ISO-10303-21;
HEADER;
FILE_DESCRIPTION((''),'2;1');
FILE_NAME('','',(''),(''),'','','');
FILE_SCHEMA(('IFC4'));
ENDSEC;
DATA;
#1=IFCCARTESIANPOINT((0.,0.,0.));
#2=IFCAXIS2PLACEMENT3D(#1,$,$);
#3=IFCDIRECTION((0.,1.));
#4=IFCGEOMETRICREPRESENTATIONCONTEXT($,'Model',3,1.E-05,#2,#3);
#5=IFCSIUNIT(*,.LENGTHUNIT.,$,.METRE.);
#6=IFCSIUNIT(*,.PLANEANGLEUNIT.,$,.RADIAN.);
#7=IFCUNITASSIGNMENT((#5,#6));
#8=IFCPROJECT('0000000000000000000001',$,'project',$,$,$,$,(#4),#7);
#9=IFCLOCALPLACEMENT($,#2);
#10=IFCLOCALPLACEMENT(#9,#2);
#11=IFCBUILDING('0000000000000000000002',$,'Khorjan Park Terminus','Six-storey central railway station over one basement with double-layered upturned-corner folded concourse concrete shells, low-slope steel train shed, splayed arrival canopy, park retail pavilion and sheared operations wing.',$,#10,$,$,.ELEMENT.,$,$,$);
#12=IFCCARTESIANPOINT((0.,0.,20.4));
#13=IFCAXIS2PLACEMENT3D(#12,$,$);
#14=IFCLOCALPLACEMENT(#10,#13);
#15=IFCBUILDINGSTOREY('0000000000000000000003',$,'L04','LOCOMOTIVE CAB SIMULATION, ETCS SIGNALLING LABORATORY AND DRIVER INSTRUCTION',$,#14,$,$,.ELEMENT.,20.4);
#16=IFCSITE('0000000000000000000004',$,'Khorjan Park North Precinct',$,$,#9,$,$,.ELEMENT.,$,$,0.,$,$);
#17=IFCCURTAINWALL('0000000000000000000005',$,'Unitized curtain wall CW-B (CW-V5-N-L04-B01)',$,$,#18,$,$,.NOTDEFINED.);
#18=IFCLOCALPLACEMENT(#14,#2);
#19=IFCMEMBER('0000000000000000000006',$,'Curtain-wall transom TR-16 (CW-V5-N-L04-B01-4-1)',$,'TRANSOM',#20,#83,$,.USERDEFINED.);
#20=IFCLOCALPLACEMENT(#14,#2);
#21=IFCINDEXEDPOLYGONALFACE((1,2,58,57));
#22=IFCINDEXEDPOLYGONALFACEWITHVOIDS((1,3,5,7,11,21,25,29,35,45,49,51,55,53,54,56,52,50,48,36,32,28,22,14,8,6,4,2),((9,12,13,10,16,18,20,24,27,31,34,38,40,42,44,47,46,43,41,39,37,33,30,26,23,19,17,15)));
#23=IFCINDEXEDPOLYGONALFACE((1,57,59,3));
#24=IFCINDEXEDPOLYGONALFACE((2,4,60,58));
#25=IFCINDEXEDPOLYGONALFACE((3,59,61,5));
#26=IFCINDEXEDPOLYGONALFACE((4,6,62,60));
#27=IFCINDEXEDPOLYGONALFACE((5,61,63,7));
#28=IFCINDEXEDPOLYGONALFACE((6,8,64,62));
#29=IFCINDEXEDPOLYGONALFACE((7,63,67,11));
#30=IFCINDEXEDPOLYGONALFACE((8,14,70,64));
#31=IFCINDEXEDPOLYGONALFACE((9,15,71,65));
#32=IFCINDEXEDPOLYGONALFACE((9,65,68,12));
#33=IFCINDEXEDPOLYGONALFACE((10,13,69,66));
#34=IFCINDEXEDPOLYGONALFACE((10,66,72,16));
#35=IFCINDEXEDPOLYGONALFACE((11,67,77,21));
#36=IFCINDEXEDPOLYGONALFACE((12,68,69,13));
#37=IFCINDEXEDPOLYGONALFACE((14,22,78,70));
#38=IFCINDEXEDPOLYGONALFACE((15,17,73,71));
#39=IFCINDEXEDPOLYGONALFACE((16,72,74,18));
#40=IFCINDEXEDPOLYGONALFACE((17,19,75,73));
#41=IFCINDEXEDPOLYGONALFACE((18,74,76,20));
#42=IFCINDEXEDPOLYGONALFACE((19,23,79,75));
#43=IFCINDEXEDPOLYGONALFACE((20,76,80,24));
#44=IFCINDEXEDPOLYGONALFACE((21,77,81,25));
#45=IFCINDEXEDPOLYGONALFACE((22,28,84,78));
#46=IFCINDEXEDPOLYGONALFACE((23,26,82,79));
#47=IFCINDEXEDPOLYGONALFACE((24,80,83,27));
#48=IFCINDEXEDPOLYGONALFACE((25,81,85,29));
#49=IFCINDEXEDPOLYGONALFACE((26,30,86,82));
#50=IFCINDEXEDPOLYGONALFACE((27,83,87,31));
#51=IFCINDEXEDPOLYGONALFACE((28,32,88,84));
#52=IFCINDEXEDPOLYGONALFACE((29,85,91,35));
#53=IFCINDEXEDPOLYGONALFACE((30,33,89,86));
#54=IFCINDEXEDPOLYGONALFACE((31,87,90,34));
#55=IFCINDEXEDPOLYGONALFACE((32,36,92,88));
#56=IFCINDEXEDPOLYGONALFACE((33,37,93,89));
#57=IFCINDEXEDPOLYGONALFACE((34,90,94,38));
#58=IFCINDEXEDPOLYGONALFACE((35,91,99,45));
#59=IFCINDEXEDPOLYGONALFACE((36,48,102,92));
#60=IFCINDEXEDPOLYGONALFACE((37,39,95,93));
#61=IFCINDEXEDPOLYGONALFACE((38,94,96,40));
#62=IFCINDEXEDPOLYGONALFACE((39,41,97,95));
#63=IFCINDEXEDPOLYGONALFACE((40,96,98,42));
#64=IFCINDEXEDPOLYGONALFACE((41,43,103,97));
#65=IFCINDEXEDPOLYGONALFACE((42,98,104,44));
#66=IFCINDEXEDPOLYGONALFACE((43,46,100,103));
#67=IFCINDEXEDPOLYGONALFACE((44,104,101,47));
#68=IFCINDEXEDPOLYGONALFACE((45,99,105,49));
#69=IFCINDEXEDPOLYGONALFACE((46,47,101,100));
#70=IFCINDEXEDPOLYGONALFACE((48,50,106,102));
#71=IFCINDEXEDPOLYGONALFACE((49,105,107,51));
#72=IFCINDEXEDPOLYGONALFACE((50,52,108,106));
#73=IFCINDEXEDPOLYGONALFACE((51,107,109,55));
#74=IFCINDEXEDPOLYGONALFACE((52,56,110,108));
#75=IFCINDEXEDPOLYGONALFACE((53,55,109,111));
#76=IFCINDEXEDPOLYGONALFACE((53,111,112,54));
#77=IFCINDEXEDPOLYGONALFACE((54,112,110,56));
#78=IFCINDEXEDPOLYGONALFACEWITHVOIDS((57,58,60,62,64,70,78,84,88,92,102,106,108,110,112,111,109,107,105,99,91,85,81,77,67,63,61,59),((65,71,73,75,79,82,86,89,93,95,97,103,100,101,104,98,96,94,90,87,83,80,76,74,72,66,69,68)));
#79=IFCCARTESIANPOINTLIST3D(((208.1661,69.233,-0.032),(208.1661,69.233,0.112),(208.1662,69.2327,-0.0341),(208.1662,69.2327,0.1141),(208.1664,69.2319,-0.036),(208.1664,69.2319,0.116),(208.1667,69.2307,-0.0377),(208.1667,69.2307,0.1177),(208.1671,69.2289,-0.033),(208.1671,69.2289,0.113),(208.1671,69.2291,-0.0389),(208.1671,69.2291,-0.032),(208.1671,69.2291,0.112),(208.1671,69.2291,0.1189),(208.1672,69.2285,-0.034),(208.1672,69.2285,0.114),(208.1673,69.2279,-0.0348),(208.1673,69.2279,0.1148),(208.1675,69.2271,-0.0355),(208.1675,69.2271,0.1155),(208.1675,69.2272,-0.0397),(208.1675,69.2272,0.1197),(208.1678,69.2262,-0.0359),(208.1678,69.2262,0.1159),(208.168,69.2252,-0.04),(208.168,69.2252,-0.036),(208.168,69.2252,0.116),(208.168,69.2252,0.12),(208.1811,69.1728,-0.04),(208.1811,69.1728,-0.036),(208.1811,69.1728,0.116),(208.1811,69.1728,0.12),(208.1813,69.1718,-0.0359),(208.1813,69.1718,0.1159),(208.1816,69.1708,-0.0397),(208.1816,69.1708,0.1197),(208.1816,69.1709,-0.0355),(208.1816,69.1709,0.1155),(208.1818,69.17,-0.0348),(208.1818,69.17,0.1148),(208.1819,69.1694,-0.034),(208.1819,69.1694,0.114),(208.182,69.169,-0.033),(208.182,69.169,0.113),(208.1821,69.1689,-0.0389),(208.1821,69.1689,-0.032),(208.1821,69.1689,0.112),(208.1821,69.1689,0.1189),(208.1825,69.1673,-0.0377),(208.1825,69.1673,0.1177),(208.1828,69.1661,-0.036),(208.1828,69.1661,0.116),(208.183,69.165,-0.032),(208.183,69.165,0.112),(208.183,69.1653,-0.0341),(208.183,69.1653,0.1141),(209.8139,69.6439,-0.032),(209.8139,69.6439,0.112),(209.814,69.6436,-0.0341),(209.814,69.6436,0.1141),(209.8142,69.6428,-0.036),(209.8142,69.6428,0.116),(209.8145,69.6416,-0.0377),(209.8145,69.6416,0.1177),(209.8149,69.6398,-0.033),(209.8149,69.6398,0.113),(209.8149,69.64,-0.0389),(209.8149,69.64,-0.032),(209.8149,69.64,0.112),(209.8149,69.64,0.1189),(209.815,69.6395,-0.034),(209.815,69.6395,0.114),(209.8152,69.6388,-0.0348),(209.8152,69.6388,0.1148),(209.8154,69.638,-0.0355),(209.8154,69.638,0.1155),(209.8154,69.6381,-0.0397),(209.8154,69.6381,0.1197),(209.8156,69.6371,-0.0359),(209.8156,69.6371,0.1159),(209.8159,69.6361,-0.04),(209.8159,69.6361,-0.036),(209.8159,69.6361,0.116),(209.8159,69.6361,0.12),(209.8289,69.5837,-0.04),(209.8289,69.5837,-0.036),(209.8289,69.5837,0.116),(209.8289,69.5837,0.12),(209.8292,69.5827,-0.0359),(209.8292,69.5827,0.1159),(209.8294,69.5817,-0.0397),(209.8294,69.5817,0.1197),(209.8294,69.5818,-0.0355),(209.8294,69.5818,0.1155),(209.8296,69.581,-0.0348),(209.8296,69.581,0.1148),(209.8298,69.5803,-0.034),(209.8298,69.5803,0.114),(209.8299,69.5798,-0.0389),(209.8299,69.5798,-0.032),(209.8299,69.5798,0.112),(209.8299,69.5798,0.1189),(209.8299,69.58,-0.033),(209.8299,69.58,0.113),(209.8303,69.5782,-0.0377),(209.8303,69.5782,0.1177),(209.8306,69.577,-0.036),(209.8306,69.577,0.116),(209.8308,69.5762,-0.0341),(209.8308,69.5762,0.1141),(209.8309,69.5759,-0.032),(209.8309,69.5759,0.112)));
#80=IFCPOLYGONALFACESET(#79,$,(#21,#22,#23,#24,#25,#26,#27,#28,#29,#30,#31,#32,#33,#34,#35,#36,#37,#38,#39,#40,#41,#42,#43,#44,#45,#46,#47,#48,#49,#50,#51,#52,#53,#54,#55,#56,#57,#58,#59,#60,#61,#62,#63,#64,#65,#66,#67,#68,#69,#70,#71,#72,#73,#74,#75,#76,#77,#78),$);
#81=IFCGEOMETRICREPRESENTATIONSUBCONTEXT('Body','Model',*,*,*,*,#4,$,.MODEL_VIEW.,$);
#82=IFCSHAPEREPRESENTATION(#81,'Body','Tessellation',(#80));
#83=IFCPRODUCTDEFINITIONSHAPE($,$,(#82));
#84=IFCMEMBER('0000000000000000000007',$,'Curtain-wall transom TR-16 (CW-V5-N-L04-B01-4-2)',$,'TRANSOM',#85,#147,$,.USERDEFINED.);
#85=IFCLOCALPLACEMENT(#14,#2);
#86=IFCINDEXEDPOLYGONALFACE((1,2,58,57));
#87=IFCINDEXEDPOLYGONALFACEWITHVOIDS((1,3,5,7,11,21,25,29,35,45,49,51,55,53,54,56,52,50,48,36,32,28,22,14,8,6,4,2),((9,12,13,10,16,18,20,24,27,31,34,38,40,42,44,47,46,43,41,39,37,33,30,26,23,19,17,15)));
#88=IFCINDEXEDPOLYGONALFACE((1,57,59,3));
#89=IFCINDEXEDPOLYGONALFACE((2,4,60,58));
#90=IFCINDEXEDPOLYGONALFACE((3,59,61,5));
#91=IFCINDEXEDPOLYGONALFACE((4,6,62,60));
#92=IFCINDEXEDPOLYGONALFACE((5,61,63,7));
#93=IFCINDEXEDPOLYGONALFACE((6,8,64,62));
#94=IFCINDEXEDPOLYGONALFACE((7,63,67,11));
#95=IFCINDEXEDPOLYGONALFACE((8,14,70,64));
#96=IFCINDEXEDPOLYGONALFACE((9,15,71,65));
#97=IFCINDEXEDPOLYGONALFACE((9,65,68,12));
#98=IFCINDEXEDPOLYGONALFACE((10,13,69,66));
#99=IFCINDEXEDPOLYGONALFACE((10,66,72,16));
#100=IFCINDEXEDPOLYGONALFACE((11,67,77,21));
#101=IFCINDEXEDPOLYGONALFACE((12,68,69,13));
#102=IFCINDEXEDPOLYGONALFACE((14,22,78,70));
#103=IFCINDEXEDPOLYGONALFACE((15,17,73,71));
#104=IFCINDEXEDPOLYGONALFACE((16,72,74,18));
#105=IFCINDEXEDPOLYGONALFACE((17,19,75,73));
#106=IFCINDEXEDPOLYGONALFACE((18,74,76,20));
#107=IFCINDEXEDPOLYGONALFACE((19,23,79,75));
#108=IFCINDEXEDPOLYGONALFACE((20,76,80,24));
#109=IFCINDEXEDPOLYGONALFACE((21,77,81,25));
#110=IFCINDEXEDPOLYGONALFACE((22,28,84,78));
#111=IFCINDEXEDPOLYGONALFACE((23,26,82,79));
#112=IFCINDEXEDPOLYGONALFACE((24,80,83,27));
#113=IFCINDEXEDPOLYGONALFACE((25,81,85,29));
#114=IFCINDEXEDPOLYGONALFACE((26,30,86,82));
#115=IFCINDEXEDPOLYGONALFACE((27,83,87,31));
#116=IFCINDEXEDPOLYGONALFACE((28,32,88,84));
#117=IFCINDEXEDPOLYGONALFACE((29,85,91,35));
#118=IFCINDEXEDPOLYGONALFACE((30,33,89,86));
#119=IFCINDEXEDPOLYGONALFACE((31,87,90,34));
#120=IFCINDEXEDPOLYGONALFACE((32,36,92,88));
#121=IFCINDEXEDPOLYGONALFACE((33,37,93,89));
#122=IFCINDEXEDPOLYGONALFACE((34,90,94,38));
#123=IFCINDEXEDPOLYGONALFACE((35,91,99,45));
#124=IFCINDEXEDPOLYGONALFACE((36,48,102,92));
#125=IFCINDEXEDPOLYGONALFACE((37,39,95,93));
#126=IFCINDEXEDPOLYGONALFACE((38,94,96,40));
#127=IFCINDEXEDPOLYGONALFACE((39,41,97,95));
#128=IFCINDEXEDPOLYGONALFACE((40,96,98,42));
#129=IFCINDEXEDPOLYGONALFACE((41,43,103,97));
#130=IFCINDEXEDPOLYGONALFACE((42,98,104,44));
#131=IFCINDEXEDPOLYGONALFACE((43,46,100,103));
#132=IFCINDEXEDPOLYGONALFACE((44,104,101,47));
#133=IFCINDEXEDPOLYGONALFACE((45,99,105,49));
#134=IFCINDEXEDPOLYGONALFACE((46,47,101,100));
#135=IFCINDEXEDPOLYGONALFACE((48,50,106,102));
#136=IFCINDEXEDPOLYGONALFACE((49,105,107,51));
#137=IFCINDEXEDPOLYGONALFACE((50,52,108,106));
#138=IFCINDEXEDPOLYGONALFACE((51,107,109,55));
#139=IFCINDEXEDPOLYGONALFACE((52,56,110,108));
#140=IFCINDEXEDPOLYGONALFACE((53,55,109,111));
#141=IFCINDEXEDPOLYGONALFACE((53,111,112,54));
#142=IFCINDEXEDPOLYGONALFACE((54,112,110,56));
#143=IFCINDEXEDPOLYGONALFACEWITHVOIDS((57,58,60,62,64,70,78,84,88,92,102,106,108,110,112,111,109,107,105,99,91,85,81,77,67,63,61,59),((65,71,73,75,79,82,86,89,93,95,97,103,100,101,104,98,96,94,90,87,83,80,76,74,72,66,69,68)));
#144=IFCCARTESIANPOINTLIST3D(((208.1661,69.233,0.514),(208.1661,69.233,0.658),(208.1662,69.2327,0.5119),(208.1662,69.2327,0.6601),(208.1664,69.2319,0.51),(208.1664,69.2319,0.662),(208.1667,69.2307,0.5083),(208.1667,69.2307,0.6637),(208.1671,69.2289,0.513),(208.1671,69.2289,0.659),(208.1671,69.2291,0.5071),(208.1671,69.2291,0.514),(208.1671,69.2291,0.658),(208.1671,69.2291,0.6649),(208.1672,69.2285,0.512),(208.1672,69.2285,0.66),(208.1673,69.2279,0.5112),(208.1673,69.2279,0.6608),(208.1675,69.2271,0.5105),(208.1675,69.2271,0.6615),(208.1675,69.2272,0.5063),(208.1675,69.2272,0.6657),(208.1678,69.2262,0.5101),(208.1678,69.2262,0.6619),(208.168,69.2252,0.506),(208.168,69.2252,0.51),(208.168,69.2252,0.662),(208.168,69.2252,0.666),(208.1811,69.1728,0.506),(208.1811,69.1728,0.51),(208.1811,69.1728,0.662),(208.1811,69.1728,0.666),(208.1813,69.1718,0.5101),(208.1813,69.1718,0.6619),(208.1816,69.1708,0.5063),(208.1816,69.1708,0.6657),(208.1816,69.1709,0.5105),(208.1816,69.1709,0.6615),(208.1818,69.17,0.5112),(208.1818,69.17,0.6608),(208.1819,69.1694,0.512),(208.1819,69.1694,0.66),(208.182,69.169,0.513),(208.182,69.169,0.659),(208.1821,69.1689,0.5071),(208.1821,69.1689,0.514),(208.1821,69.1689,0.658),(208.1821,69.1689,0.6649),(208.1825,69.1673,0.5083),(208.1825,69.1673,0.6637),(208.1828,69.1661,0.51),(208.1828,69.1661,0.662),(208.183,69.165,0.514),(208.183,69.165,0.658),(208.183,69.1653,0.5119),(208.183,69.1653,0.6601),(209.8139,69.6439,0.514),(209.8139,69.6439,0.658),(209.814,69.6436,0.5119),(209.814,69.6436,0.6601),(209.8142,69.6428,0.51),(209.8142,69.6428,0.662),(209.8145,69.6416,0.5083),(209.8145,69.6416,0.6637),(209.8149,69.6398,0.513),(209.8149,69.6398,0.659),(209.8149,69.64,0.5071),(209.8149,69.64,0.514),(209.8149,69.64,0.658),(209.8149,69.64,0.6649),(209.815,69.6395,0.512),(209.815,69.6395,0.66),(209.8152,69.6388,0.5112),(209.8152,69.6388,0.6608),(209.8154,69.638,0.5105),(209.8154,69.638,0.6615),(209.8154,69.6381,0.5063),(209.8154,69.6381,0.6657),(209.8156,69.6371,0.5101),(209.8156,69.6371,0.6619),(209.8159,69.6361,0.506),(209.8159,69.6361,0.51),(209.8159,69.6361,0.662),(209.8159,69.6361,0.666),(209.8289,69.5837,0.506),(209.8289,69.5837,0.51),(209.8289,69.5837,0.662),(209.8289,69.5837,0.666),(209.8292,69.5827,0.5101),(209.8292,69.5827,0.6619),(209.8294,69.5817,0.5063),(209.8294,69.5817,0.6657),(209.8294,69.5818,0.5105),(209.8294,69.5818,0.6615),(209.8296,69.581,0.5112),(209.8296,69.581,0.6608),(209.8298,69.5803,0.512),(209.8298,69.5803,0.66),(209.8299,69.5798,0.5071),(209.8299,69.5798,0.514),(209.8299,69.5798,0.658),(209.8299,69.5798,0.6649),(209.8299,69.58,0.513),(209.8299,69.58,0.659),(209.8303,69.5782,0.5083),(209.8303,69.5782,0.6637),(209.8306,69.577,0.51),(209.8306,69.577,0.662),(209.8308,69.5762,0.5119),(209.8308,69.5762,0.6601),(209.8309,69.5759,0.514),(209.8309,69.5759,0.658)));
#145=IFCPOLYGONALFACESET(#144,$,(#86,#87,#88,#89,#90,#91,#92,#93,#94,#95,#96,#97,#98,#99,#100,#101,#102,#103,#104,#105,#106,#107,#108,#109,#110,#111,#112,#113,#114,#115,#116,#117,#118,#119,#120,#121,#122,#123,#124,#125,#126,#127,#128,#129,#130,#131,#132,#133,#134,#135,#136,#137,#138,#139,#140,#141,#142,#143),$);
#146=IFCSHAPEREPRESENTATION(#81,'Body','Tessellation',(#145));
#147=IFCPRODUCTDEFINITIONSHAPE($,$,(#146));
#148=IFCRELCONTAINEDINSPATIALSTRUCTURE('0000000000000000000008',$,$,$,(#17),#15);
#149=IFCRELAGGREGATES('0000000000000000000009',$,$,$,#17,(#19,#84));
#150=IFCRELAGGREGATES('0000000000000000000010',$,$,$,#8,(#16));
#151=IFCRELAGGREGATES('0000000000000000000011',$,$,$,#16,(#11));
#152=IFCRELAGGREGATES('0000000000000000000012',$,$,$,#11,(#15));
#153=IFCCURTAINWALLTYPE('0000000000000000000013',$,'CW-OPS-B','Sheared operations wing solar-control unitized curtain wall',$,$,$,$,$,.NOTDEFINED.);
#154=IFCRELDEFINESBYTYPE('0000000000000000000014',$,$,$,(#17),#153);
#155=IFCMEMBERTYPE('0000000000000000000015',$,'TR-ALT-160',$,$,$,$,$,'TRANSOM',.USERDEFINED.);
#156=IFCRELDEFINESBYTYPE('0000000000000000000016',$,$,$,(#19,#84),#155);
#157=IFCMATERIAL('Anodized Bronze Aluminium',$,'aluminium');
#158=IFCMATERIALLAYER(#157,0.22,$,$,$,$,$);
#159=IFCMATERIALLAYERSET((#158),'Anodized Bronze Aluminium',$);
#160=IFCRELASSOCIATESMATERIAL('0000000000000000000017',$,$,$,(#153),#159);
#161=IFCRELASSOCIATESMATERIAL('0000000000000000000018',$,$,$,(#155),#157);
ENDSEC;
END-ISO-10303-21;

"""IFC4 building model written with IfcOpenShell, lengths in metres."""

from ifc_helpers import new_model, si_unit, direction, frame, origin, origin_2d, place, context, subcontext, project, spatial, hollow_rectangle, extrude, material, layer, layer_set, material_profile, profile_set, type_object, element, aggregate, save


model = new_model("IFC4")

# Units and contexts
model_context = context("Model", 3, precision=1e-05, world=origin(), true_north=direction((0.0, 1.0)))
body_context = subcontext(model_context, "Body", "Model", "MODEL_VIEW")
ifc_project = project(units=[si_unit("LENGTHUNIT", "METRE"), si_unit("PLANEANGLEUNIT", "RADIAN")], contexts=[model_context])

# Site, building, storey
site_placement = place(None, origin())
site = spatial("IfcSite", under=ifc_project, at=site_placement, Name="Khorjan Park North Precinct", CompositionType="ELEMENT", RefElevation=0.0)
building_placement = place(site_placement, origin())
building = spatial("IfcBuilding", under=site, at=building_placement, Name="Khorjan Park Terminus", Description="Six-storey central railway station over one basement with double-layered upturned-corner folded concourse concrete shells, low-slope steel train shed, splayed arrival canopy, park retail pavilion and sheared operations wing.", CompositionType="ELEMENT")
storey_placement = place(building_placement, frame((0.0, 0.0, 20.4)))
storey = spatial("IfcBuildingStorey", under=building, at=storey_placement, Name="L04", Description="LOCOMOTIVE CAB SIMULATION, ETCS SIGNALLING LABORATORY AND DRIVER INSTRUCTION", CompositionType="ELEMENT", Elevation=20.4)

# Shared definitions
ifc_material_1 = material(Name="Anodized Bronze Aluminium", Category="aluminium")
ifc_layer_1 = layer(ifc_material_1, 0.22)
ifc_layer_set_1 = layer_set([ifc_layer_1], Name="Anodized Bronze Aluminium")
curtain_wall_type = type_object("IfcCurtainWallType", Name="CW-OPS-B", Description="Sheared operations wing solar-control unitized curtain wall", PredefinedType="NOTDEFINED", material=ifc_layer_set_1)

# Curtain wall, members
curtain_wall_1_placement = place(storey_placement, origin())
curtain_wall_1 = element("IfcCurtainWall", 1, at=curtain_wall_1_placement, inside=storey, type_object=curtain_wall_type, Name="Unitized curtain wall CW-B (CW-V5-N-L04-B01)", PredefinedType="NOTDEFINED")
ifc_material_profile_1 = material_profile(ifc_material_1, hollow_rectangle(XDim=0.07, YDim=0.16, WallThickness=0.004, InnerFilletRadius=0.004, OuterFilletRadius=0.008, at=origin_2d()), Name="ALT 70x160x4")
ifc_profile_set_1 = profile_set([ifc_material_profile_1], Name="Anodized Bronze Aluminium")
member_type_1 = type_object("IfcMemberType", Name="TR-ALT-160", ElementType="TRANSOM", PredefinedType="USERDEFINED", material=ifc_profile_set_1)
member_1_placement = place(storey_placement, frame((209.8224, 69.6099, 0.04), z_axis=(-0.970288, -0.241954, 0.0), x_axis=(0.241954, -0.970288, 0.0)))
member_1 = element("IfcMember", 2, at=member_1_placement, type_object=member_type_1, Name="Curtain-wall transom TR-16 (CW-V5-N-L04-B01-4-1)", ObjectType="TRANSOM", PredefinedType="USERDEFINED", context=body_context, shape_type="SweptSolid", body=[
    extrude(hollow_rectangle(XDim=0.07, YDim=0.16, WallThickness=0.004, InnerFilletRadius=0.004, OuterFilletRadius=0.008, at=origin_2d()), origin(), (0.0, 0.0, 1.0), 1.6983),
])
member_2_placement = place(storey_placement, frame((209.8224, 69.6099, 0.586), z_axis=(-0.970288, -0.241954, 0.0), x_axis=(0.241954, -0.970288, 0.0)))
member_2 = element("IfcMember", 3, at=member_2_placement, type_object=member_type_1, Name="Curtain-wall transom TR-16 (CW-V5-N-L04-B01-4-2)", ObjectType="TRANSOM", PredefinedType="USERDEFINED", context=body_context, shape_type="SweptSolid", body=[
    extrude(hollow_rectangle(XDim=0.07, YDim=0.16, WallThickness=0.004, InnerFilletRadius=0.004, OuterFilletRadius=0.008, at=origin_2d()), origin(), (0.0, 0.0, 1.0), 1.6983),
])

aggregate(curtain_wall_1, [member_1, member_2])

save(model, "model.ifc")
